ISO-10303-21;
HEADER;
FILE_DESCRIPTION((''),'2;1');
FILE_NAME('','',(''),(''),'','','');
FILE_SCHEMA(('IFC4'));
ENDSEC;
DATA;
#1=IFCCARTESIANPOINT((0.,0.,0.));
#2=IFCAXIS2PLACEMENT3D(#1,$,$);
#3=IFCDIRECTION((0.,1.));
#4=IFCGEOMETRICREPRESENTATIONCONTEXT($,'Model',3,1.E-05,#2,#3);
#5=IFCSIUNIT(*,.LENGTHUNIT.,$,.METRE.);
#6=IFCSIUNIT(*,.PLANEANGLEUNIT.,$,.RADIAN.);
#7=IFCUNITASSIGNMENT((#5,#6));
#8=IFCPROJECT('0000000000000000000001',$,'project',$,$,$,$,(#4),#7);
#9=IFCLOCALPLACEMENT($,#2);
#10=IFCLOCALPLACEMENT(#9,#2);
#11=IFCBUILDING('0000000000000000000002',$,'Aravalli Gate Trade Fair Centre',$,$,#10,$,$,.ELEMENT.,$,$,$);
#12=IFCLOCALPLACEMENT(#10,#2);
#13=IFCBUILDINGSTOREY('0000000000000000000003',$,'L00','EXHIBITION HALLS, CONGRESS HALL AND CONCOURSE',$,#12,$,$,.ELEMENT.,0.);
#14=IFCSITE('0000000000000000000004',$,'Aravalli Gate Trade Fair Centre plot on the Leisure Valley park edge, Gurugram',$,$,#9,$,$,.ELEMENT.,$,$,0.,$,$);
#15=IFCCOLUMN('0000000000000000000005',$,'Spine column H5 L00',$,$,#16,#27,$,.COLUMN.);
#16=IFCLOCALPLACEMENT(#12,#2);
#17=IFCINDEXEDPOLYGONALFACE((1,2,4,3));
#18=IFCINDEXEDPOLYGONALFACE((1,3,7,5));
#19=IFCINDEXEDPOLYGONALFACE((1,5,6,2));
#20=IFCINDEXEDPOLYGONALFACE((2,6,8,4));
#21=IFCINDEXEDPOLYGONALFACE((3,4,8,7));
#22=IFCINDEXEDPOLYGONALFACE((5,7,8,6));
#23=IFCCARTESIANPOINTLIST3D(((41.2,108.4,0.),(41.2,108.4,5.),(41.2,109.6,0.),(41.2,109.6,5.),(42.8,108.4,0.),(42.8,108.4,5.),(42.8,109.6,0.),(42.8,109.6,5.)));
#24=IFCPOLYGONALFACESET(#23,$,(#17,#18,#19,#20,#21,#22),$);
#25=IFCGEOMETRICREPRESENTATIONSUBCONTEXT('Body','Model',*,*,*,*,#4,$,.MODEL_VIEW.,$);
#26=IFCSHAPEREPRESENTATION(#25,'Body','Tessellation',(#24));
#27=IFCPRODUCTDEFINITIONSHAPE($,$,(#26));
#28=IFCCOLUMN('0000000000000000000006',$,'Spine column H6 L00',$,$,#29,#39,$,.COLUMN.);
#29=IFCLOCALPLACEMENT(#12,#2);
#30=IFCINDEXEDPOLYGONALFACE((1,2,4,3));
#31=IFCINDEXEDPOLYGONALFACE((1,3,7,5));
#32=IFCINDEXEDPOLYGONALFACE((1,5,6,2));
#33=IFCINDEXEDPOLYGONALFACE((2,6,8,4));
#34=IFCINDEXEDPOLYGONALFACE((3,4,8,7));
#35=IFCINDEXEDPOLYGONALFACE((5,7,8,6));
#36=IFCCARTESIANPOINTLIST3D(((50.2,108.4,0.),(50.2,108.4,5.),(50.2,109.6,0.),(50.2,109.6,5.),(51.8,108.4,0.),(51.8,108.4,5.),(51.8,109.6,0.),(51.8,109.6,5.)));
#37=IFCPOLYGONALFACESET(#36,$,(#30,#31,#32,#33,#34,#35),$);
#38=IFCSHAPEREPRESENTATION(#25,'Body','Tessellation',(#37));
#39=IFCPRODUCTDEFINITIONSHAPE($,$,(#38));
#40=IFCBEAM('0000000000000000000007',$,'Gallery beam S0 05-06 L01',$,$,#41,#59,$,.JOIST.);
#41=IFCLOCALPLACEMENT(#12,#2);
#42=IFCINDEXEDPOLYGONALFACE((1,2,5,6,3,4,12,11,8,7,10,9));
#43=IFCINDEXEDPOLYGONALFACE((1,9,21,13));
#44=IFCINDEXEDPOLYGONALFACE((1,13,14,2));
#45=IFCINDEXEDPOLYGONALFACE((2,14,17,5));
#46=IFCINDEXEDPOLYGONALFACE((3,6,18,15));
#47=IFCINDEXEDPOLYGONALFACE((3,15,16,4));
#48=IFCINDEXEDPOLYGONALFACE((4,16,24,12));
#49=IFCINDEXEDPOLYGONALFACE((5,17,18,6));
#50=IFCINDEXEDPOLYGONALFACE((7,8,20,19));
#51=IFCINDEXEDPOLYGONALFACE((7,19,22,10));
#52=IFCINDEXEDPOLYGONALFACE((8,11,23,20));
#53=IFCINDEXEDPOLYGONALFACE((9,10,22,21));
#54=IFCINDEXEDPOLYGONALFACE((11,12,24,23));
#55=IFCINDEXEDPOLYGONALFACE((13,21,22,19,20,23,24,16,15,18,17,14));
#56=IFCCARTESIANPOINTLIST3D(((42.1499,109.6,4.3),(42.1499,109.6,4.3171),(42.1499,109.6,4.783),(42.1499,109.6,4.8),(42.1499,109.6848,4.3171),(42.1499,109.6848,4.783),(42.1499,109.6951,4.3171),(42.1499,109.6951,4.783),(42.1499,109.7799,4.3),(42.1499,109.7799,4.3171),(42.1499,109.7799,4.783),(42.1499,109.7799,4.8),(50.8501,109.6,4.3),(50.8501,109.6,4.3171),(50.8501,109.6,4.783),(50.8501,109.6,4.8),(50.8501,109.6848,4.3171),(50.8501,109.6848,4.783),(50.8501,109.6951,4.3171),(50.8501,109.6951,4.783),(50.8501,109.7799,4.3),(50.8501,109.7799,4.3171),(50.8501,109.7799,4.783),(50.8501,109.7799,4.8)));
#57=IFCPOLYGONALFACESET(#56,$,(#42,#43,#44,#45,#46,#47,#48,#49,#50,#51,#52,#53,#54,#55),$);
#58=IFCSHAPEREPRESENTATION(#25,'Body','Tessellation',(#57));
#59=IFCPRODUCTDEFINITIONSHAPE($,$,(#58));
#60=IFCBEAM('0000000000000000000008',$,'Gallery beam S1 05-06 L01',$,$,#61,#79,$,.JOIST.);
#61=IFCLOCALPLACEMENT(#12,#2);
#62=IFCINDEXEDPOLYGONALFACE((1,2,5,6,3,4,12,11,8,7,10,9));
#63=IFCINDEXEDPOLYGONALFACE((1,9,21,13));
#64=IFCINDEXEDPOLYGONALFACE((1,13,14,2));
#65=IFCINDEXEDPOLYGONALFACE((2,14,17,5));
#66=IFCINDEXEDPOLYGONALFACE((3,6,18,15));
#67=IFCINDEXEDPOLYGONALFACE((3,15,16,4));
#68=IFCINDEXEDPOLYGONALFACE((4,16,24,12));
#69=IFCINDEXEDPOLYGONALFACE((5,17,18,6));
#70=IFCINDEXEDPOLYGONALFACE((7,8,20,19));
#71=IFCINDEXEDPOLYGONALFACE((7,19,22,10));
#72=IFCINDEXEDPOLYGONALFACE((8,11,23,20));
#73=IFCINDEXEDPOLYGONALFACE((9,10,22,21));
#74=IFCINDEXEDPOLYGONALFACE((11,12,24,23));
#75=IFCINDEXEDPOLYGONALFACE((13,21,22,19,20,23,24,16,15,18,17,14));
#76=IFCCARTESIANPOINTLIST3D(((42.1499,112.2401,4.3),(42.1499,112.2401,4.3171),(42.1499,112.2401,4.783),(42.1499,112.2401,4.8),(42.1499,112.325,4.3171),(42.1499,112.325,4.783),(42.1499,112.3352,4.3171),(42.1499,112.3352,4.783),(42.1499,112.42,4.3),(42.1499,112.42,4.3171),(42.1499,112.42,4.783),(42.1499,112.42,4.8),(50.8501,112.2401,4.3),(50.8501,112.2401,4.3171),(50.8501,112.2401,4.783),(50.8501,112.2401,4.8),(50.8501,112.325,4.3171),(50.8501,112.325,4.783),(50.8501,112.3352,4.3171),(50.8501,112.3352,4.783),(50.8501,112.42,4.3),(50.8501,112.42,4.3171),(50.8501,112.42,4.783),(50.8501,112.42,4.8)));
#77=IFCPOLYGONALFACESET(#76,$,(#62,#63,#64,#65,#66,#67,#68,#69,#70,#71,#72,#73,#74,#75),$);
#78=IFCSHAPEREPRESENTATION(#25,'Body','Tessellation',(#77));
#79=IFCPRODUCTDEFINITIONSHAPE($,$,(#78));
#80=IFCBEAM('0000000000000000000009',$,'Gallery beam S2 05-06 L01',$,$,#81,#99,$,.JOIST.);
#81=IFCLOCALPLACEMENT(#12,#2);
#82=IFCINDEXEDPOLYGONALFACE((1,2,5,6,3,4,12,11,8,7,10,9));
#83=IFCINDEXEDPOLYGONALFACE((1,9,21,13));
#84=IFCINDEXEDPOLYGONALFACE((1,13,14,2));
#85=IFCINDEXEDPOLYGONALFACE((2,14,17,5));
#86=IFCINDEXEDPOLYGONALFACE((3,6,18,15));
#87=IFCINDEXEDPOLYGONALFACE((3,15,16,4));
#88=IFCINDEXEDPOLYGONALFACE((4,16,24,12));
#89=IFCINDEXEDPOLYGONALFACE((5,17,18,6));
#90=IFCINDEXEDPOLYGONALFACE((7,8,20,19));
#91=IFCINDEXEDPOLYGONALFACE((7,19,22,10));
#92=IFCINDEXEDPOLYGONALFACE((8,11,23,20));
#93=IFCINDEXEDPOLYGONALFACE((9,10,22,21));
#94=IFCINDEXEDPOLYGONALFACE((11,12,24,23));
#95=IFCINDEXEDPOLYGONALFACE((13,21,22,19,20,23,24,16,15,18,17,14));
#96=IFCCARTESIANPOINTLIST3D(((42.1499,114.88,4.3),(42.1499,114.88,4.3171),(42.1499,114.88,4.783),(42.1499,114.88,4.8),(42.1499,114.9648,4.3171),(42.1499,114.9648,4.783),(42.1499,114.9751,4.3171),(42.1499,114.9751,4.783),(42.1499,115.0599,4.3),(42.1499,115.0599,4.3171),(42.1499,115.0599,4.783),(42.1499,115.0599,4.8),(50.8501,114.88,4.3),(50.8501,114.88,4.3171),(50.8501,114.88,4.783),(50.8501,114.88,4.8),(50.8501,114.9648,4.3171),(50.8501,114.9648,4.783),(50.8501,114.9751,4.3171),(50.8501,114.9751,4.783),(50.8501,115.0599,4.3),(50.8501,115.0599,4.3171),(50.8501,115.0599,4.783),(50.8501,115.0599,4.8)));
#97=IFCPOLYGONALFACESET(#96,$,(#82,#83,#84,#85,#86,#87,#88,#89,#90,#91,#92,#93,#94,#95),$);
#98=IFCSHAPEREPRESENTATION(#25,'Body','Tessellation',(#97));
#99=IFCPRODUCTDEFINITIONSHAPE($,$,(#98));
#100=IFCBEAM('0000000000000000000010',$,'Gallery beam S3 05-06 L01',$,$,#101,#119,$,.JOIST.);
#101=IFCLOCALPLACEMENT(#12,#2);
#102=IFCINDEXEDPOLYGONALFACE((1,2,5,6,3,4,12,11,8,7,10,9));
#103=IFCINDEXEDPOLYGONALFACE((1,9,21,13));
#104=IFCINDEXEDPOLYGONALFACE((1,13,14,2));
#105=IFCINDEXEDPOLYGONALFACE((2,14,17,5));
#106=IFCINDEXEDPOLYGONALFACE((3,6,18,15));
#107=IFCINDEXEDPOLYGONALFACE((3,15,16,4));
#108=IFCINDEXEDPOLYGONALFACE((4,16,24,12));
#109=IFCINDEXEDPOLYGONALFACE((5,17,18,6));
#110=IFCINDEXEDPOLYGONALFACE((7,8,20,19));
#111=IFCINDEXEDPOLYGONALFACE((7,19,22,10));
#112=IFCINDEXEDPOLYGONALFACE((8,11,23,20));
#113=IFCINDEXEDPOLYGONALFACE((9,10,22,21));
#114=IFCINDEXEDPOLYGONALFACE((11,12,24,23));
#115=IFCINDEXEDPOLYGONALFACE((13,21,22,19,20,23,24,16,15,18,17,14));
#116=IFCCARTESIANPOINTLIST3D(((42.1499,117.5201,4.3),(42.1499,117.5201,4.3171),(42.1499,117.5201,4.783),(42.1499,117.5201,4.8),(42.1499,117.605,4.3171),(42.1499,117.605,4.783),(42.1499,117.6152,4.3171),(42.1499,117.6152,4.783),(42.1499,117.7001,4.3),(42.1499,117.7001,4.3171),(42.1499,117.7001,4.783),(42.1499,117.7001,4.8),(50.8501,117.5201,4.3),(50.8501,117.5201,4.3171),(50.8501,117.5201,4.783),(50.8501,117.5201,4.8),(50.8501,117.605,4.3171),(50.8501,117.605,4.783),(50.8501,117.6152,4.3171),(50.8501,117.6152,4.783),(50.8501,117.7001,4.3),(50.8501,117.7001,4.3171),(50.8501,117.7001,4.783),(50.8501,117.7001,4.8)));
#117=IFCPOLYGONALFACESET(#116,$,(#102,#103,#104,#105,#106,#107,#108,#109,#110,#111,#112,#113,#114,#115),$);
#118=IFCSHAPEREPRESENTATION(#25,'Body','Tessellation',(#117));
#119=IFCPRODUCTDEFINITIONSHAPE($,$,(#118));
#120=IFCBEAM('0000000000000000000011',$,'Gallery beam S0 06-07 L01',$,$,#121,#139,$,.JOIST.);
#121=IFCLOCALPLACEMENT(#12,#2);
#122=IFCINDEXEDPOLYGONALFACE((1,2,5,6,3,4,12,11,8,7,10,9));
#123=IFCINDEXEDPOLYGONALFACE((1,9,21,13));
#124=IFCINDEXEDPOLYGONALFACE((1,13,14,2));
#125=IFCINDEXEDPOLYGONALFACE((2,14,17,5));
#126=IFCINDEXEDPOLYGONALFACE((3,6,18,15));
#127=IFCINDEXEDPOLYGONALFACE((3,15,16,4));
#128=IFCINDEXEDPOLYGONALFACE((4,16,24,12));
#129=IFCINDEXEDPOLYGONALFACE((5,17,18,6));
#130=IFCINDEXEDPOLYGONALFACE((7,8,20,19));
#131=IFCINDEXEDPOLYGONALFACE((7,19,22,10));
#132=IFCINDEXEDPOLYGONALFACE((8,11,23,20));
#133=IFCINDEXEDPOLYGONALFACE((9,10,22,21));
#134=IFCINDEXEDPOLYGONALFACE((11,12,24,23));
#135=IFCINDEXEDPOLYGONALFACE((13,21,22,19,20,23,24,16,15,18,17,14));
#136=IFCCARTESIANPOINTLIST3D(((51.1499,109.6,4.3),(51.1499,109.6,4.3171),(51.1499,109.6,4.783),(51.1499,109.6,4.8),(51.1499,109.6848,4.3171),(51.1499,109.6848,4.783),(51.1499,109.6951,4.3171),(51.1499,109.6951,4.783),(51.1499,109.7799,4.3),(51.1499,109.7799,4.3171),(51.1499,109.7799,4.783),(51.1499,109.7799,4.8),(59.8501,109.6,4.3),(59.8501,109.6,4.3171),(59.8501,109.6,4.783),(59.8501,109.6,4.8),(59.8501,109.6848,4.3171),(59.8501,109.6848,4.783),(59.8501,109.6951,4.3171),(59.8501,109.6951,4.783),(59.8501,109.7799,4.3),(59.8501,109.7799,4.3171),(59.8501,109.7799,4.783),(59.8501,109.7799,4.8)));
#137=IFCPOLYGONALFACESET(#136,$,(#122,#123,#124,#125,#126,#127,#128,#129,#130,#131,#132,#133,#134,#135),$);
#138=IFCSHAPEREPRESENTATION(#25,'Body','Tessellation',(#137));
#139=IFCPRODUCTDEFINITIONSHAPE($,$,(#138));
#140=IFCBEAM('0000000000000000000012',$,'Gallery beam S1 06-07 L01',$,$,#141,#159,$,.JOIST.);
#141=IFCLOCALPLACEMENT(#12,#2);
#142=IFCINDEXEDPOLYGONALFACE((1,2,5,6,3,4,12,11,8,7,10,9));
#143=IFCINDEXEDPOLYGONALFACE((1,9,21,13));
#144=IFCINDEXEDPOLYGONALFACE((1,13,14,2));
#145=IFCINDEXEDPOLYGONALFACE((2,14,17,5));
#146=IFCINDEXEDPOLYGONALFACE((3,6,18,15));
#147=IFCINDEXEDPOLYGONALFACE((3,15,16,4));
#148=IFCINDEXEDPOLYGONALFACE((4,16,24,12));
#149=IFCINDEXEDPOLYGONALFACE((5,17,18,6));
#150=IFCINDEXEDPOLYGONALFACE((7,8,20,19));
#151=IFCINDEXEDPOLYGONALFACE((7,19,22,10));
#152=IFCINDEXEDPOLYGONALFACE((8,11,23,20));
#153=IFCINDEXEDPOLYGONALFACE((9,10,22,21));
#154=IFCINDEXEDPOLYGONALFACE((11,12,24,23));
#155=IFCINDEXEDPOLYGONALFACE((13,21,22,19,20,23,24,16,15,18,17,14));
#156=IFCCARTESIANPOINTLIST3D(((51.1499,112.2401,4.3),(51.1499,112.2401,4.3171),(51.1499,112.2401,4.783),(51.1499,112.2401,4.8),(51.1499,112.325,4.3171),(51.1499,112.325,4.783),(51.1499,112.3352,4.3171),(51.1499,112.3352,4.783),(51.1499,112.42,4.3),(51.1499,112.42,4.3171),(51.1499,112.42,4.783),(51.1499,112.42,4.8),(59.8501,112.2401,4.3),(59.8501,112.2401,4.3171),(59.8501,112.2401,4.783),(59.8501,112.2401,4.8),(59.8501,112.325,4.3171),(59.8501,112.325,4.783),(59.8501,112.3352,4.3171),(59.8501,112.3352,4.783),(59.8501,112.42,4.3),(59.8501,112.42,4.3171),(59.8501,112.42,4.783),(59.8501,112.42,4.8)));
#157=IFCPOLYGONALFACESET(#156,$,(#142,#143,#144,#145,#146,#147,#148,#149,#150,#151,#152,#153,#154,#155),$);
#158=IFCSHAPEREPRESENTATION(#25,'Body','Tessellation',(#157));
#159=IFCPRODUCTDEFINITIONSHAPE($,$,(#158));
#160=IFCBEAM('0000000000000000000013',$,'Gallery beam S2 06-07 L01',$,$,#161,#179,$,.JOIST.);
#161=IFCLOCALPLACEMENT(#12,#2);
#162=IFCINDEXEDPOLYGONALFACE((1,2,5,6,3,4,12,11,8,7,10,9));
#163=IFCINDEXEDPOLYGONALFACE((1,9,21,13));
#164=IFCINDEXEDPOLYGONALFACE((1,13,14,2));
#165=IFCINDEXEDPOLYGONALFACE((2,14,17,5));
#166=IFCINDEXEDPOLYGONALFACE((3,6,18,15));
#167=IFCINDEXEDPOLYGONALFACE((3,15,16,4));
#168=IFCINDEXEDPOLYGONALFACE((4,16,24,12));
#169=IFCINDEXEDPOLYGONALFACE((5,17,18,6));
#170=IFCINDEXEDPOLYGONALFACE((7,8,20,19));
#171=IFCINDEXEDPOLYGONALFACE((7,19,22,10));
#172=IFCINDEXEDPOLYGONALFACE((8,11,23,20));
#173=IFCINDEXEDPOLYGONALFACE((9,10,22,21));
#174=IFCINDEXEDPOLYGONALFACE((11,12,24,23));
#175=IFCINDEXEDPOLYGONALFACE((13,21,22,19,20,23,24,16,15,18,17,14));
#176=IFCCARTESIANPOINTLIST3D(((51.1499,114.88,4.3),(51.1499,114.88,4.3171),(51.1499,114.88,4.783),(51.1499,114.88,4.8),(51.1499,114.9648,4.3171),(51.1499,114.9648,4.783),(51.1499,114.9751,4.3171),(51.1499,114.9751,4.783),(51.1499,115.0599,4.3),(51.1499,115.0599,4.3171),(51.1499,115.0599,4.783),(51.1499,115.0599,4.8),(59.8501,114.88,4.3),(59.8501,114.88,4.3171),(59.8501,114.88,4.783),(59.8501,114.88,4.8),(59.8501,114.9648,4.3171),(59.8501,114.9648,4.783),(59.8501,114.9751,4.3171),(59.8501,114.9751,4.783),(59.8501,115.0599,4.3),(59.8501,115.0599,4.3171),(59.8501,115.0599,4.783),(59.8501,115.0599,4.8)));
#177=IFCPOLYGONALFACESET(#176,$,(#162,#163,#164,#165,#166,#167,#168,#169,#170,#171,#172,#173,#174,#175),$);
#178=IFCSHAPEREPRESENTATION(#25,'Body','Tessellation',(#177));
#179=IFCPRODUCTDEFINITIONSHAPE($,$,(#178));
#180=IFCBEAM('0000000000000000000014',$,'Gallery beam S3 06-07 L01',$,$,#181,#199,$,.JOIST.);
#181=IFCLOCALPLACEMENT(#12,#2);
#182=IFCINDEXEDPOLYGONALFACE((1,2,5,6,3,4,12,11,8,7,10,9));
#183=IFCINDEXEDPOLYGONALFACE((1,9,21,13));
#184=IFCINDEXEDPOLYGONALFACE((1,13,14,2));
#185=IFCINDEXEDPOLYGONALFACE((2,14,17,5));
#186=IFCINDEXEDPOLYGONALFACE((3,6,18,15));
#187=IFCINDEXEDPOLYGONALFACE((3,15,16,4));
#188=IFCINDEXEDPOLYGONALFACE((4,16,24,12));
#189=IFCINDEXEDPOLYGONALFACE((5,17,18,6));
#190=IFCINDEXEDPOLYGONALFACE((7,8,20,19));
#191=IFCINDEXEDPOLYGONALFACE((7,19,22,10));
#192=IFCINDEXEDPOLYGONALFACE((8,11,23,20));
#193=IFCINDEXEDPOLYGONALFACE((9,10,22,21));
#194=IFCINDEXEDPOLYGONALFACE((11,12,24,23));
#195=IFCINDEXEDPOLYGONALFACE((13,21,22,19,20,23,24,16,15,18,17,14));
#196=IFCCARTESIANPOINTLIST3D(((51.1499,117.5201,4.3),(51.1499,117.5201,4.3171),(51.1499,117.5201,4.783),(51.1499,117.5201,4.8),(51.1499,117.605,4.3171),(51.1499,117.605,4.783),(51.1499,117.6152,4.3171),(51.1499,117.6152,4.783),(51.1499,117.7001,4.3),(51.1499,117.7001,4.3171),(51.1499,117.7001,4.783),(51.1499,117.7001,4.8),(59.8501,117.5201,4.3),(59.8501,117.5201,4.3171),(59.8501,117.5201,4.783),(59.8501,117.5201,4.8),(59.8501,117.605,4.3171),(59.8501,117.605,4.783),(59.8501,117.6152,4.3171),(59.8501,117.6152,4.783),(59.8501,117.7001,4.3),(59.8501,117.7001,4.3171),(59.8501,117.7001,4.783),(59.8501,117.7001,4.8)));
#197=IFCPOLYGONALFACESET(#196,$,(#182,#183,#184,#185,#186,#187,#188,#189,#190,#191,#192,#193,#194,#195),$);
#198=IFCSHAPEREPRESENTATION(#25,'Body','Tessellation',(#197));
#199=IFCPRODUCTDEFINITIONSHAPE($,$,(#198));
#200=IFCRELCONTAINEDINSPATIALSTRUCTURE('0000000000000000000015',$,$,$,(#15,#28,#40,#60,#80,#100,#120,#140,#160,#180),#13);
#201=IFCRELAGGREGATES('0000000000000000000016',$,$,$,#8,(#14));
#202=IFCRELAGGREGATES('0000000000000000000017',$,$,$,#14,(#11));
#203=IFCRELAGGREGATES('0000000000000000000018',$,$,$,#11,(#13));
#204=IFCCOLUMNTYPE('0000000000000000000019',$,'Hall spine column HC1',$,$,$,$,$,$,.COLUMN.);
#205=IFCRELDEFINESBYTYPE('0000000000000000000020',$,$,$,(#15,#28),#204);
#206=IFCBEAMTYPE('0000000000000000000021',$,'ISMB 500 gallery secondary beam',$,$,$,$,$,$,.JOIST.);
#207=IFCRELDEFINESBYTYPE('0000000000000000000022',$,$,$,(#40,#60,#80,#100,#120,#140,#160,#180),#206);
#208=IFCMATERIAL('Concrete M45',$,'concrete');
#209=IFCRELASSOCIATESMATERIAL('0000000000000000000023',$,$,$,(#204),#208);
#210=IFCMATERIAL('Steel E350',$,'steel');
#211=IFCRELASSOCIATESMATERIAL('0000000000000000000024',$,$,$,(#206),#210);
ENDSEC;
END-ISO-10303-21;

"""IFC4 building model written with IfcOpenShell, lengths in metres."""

from ifc_helpers import new_model, si_unit, direction, frame, origin, origin_2d, place, context, subcontext, project, spatial, rectangle, i_section, extrude, material, material_profile, profile_set, type_object, element, save


model = new_model("IFC4")

# Units and contexts
model_context = context("Model", 3, precision=1e-05, world=origin(), true_north=direction((0.0, 1.0)))
body_context = subcontext(model_context, "Body", "Model", "MODEL_VIEW")
ifc_project = project(units=[si_unit("LENGTHUNIT", "METRE"), si_unit("PLANEANGLEUNIT", "RADIAN")], contexts=[model_context])

# Site, building, storey
site_placement = place(None, origin())
site = spatial("IfcSite", under=ifc_project, at=site_placement, Name="Aravalli Gate Trade Fair Centre plot on the Leisure Valley park edge, Gurugram", CompositionType="ELEMENT", RefElevation=0.0)
building_placement = place(site_placement, origin())
building = spatial("IfcBuilding", under=site, at=building_placement, Name="Aravalli Gate Trade Fair Centre", CompositionType="ELEMENT")
storey_placement = place(building_placement, origin())
storey = spatial("IfcBuildingStorey", under=building, at=storey_placement, Name="L00", Description="EXHIBITION HALLS, CONGRESS HALL AND CONCOURSE", CompositionType="ELEMENT", Elevation=0.0)

# Columns
ifc_material_1 = material(Name="Concrete M45", Category="concrete")
ifc_material_profile_1 = material_profile(ifc_material_1, rectangle(XDim=1.6001, YDim=1.2, at=origin_2d()), Name="RC 1600x1200")
ifc_profile_set_1 = profile_set([ifc_material_profile_1], Name="Concrete M45")
column_type = type_object("IfcColumnType", Name="Hall spine column HC1", PredefinedType="COLUMN", material=ifc_profile_set_1)
for number, where, z_axis, x_axis, name in (
    (1, (42.0, 109.0, 0.0), (0.0, 0.0, 1.0), (1.0, 0.0, 0.0), "Spine column H5 L00"),
    (2, (51.0, 109.0, 0.0), (0.0, 0.0, 1.0), (1.0, 0.0, 0.0), "Spine column H6 L00"),
):
    element("IfcColumn", number, at=place(storey_placement, frame(where, z_axis=z_axis, x_axis=x_axis)), inside=storey, type_object=column_type, Name=name, PredefinedType="COLUMN", context=body_context, shape_type="SweptSolid", body=[
        extrude(rectangle(XDim=1.6001, YDim=1.2, at=origin_2d()), origin(), (0.0, 0.0, 1.0), 5.0),
    ])

# Beams
ifc_material_2 = material(Name="Steel E350", Category="steel")
ifc_material_profile_2 = material_profile(ifc_material_2, i_section(OverallWidth=0.1799, OverallDepth=0.5, WebThickness=0.0103, FlangeThickness=0.0171, at=origin_2d()), Name="ISMB 500")
ifc_profile_set_2 = profile_set([ifc_material_profile_2], Name="Steel E350")
beam_type_1 = type_object("IfcBeamType", Name="ISMB 500 gallery secondary beam", PredefinedType="JOIST", material=ifc_profile_set_2)
for number, where, z_axis, x_axis, name in (
    (3, (42.1499, 109.6899, 4.55), (1.0, 0.0, 0.0), (0.0, 1.0, 0.0), "Gallery beam S0 05-06 L01"),
    (4, (42.1499, 112.3301, 4.55), (1.0, 0.0, 0.0), (0.0, 1.0, 0.0), "Gallery beam S1 05-06 L01"),
    (5, (42.1499, 114.97, 4.55), (1.0, 0.0, 0.0), (0.0, 1.0, 0.0), "Gallery beam S2 05-06 L01"),
    (6, (42.1499, 117.6101, 4.55), (1.0, 0.0, 0.0), (0.0, 1.0, 0.0), "Gallery beam S3 05-06 L01"),
    (7, (51.1499, 109.6899, 4.55), (1.0, 0.0, 0.0), (0.0, 1.0, 0.0), "Gallery beam S0 06-07 L01"),
    (8, (51.1499, 112.3301, 4.55), (1.0, 0.0, 0.0), (0.0, 1.0, 0.0), "Gallery beam S1 06-07 L01"),
    (9, (51.1499, 114.97, 4.55), (1.0, 0.0, 0.0), (0.0, 1.0, 0.0), "Gallery beam S2 06-07 L01"),
    (10, (51.1499, 117.6101, 4.55), (1.0, 0.0, 0.0), (0.0, 1.0, 0.0), "Gallery beam S3 06-07 L01"),
):
    element("IfcBeam", number, at=place(storey_placement, frame(where, z_axis=z_axis, x_axis=x_axis)), inside=storey, type_object=beam_type_1, Name=name, PredefinedType="JOIST", context=body_context, shape_type="SweptSolid", body=[
        extrude(i_section(OverallWidth=0.1799, OverallDepth=0.5, WebThickness=0.0103, FlangeThickness=0.0171, at=origin_2d()), origin(), (0.0, 0.0, 1.0), 8.7002),
    ])

save(model, "model.ifc")
